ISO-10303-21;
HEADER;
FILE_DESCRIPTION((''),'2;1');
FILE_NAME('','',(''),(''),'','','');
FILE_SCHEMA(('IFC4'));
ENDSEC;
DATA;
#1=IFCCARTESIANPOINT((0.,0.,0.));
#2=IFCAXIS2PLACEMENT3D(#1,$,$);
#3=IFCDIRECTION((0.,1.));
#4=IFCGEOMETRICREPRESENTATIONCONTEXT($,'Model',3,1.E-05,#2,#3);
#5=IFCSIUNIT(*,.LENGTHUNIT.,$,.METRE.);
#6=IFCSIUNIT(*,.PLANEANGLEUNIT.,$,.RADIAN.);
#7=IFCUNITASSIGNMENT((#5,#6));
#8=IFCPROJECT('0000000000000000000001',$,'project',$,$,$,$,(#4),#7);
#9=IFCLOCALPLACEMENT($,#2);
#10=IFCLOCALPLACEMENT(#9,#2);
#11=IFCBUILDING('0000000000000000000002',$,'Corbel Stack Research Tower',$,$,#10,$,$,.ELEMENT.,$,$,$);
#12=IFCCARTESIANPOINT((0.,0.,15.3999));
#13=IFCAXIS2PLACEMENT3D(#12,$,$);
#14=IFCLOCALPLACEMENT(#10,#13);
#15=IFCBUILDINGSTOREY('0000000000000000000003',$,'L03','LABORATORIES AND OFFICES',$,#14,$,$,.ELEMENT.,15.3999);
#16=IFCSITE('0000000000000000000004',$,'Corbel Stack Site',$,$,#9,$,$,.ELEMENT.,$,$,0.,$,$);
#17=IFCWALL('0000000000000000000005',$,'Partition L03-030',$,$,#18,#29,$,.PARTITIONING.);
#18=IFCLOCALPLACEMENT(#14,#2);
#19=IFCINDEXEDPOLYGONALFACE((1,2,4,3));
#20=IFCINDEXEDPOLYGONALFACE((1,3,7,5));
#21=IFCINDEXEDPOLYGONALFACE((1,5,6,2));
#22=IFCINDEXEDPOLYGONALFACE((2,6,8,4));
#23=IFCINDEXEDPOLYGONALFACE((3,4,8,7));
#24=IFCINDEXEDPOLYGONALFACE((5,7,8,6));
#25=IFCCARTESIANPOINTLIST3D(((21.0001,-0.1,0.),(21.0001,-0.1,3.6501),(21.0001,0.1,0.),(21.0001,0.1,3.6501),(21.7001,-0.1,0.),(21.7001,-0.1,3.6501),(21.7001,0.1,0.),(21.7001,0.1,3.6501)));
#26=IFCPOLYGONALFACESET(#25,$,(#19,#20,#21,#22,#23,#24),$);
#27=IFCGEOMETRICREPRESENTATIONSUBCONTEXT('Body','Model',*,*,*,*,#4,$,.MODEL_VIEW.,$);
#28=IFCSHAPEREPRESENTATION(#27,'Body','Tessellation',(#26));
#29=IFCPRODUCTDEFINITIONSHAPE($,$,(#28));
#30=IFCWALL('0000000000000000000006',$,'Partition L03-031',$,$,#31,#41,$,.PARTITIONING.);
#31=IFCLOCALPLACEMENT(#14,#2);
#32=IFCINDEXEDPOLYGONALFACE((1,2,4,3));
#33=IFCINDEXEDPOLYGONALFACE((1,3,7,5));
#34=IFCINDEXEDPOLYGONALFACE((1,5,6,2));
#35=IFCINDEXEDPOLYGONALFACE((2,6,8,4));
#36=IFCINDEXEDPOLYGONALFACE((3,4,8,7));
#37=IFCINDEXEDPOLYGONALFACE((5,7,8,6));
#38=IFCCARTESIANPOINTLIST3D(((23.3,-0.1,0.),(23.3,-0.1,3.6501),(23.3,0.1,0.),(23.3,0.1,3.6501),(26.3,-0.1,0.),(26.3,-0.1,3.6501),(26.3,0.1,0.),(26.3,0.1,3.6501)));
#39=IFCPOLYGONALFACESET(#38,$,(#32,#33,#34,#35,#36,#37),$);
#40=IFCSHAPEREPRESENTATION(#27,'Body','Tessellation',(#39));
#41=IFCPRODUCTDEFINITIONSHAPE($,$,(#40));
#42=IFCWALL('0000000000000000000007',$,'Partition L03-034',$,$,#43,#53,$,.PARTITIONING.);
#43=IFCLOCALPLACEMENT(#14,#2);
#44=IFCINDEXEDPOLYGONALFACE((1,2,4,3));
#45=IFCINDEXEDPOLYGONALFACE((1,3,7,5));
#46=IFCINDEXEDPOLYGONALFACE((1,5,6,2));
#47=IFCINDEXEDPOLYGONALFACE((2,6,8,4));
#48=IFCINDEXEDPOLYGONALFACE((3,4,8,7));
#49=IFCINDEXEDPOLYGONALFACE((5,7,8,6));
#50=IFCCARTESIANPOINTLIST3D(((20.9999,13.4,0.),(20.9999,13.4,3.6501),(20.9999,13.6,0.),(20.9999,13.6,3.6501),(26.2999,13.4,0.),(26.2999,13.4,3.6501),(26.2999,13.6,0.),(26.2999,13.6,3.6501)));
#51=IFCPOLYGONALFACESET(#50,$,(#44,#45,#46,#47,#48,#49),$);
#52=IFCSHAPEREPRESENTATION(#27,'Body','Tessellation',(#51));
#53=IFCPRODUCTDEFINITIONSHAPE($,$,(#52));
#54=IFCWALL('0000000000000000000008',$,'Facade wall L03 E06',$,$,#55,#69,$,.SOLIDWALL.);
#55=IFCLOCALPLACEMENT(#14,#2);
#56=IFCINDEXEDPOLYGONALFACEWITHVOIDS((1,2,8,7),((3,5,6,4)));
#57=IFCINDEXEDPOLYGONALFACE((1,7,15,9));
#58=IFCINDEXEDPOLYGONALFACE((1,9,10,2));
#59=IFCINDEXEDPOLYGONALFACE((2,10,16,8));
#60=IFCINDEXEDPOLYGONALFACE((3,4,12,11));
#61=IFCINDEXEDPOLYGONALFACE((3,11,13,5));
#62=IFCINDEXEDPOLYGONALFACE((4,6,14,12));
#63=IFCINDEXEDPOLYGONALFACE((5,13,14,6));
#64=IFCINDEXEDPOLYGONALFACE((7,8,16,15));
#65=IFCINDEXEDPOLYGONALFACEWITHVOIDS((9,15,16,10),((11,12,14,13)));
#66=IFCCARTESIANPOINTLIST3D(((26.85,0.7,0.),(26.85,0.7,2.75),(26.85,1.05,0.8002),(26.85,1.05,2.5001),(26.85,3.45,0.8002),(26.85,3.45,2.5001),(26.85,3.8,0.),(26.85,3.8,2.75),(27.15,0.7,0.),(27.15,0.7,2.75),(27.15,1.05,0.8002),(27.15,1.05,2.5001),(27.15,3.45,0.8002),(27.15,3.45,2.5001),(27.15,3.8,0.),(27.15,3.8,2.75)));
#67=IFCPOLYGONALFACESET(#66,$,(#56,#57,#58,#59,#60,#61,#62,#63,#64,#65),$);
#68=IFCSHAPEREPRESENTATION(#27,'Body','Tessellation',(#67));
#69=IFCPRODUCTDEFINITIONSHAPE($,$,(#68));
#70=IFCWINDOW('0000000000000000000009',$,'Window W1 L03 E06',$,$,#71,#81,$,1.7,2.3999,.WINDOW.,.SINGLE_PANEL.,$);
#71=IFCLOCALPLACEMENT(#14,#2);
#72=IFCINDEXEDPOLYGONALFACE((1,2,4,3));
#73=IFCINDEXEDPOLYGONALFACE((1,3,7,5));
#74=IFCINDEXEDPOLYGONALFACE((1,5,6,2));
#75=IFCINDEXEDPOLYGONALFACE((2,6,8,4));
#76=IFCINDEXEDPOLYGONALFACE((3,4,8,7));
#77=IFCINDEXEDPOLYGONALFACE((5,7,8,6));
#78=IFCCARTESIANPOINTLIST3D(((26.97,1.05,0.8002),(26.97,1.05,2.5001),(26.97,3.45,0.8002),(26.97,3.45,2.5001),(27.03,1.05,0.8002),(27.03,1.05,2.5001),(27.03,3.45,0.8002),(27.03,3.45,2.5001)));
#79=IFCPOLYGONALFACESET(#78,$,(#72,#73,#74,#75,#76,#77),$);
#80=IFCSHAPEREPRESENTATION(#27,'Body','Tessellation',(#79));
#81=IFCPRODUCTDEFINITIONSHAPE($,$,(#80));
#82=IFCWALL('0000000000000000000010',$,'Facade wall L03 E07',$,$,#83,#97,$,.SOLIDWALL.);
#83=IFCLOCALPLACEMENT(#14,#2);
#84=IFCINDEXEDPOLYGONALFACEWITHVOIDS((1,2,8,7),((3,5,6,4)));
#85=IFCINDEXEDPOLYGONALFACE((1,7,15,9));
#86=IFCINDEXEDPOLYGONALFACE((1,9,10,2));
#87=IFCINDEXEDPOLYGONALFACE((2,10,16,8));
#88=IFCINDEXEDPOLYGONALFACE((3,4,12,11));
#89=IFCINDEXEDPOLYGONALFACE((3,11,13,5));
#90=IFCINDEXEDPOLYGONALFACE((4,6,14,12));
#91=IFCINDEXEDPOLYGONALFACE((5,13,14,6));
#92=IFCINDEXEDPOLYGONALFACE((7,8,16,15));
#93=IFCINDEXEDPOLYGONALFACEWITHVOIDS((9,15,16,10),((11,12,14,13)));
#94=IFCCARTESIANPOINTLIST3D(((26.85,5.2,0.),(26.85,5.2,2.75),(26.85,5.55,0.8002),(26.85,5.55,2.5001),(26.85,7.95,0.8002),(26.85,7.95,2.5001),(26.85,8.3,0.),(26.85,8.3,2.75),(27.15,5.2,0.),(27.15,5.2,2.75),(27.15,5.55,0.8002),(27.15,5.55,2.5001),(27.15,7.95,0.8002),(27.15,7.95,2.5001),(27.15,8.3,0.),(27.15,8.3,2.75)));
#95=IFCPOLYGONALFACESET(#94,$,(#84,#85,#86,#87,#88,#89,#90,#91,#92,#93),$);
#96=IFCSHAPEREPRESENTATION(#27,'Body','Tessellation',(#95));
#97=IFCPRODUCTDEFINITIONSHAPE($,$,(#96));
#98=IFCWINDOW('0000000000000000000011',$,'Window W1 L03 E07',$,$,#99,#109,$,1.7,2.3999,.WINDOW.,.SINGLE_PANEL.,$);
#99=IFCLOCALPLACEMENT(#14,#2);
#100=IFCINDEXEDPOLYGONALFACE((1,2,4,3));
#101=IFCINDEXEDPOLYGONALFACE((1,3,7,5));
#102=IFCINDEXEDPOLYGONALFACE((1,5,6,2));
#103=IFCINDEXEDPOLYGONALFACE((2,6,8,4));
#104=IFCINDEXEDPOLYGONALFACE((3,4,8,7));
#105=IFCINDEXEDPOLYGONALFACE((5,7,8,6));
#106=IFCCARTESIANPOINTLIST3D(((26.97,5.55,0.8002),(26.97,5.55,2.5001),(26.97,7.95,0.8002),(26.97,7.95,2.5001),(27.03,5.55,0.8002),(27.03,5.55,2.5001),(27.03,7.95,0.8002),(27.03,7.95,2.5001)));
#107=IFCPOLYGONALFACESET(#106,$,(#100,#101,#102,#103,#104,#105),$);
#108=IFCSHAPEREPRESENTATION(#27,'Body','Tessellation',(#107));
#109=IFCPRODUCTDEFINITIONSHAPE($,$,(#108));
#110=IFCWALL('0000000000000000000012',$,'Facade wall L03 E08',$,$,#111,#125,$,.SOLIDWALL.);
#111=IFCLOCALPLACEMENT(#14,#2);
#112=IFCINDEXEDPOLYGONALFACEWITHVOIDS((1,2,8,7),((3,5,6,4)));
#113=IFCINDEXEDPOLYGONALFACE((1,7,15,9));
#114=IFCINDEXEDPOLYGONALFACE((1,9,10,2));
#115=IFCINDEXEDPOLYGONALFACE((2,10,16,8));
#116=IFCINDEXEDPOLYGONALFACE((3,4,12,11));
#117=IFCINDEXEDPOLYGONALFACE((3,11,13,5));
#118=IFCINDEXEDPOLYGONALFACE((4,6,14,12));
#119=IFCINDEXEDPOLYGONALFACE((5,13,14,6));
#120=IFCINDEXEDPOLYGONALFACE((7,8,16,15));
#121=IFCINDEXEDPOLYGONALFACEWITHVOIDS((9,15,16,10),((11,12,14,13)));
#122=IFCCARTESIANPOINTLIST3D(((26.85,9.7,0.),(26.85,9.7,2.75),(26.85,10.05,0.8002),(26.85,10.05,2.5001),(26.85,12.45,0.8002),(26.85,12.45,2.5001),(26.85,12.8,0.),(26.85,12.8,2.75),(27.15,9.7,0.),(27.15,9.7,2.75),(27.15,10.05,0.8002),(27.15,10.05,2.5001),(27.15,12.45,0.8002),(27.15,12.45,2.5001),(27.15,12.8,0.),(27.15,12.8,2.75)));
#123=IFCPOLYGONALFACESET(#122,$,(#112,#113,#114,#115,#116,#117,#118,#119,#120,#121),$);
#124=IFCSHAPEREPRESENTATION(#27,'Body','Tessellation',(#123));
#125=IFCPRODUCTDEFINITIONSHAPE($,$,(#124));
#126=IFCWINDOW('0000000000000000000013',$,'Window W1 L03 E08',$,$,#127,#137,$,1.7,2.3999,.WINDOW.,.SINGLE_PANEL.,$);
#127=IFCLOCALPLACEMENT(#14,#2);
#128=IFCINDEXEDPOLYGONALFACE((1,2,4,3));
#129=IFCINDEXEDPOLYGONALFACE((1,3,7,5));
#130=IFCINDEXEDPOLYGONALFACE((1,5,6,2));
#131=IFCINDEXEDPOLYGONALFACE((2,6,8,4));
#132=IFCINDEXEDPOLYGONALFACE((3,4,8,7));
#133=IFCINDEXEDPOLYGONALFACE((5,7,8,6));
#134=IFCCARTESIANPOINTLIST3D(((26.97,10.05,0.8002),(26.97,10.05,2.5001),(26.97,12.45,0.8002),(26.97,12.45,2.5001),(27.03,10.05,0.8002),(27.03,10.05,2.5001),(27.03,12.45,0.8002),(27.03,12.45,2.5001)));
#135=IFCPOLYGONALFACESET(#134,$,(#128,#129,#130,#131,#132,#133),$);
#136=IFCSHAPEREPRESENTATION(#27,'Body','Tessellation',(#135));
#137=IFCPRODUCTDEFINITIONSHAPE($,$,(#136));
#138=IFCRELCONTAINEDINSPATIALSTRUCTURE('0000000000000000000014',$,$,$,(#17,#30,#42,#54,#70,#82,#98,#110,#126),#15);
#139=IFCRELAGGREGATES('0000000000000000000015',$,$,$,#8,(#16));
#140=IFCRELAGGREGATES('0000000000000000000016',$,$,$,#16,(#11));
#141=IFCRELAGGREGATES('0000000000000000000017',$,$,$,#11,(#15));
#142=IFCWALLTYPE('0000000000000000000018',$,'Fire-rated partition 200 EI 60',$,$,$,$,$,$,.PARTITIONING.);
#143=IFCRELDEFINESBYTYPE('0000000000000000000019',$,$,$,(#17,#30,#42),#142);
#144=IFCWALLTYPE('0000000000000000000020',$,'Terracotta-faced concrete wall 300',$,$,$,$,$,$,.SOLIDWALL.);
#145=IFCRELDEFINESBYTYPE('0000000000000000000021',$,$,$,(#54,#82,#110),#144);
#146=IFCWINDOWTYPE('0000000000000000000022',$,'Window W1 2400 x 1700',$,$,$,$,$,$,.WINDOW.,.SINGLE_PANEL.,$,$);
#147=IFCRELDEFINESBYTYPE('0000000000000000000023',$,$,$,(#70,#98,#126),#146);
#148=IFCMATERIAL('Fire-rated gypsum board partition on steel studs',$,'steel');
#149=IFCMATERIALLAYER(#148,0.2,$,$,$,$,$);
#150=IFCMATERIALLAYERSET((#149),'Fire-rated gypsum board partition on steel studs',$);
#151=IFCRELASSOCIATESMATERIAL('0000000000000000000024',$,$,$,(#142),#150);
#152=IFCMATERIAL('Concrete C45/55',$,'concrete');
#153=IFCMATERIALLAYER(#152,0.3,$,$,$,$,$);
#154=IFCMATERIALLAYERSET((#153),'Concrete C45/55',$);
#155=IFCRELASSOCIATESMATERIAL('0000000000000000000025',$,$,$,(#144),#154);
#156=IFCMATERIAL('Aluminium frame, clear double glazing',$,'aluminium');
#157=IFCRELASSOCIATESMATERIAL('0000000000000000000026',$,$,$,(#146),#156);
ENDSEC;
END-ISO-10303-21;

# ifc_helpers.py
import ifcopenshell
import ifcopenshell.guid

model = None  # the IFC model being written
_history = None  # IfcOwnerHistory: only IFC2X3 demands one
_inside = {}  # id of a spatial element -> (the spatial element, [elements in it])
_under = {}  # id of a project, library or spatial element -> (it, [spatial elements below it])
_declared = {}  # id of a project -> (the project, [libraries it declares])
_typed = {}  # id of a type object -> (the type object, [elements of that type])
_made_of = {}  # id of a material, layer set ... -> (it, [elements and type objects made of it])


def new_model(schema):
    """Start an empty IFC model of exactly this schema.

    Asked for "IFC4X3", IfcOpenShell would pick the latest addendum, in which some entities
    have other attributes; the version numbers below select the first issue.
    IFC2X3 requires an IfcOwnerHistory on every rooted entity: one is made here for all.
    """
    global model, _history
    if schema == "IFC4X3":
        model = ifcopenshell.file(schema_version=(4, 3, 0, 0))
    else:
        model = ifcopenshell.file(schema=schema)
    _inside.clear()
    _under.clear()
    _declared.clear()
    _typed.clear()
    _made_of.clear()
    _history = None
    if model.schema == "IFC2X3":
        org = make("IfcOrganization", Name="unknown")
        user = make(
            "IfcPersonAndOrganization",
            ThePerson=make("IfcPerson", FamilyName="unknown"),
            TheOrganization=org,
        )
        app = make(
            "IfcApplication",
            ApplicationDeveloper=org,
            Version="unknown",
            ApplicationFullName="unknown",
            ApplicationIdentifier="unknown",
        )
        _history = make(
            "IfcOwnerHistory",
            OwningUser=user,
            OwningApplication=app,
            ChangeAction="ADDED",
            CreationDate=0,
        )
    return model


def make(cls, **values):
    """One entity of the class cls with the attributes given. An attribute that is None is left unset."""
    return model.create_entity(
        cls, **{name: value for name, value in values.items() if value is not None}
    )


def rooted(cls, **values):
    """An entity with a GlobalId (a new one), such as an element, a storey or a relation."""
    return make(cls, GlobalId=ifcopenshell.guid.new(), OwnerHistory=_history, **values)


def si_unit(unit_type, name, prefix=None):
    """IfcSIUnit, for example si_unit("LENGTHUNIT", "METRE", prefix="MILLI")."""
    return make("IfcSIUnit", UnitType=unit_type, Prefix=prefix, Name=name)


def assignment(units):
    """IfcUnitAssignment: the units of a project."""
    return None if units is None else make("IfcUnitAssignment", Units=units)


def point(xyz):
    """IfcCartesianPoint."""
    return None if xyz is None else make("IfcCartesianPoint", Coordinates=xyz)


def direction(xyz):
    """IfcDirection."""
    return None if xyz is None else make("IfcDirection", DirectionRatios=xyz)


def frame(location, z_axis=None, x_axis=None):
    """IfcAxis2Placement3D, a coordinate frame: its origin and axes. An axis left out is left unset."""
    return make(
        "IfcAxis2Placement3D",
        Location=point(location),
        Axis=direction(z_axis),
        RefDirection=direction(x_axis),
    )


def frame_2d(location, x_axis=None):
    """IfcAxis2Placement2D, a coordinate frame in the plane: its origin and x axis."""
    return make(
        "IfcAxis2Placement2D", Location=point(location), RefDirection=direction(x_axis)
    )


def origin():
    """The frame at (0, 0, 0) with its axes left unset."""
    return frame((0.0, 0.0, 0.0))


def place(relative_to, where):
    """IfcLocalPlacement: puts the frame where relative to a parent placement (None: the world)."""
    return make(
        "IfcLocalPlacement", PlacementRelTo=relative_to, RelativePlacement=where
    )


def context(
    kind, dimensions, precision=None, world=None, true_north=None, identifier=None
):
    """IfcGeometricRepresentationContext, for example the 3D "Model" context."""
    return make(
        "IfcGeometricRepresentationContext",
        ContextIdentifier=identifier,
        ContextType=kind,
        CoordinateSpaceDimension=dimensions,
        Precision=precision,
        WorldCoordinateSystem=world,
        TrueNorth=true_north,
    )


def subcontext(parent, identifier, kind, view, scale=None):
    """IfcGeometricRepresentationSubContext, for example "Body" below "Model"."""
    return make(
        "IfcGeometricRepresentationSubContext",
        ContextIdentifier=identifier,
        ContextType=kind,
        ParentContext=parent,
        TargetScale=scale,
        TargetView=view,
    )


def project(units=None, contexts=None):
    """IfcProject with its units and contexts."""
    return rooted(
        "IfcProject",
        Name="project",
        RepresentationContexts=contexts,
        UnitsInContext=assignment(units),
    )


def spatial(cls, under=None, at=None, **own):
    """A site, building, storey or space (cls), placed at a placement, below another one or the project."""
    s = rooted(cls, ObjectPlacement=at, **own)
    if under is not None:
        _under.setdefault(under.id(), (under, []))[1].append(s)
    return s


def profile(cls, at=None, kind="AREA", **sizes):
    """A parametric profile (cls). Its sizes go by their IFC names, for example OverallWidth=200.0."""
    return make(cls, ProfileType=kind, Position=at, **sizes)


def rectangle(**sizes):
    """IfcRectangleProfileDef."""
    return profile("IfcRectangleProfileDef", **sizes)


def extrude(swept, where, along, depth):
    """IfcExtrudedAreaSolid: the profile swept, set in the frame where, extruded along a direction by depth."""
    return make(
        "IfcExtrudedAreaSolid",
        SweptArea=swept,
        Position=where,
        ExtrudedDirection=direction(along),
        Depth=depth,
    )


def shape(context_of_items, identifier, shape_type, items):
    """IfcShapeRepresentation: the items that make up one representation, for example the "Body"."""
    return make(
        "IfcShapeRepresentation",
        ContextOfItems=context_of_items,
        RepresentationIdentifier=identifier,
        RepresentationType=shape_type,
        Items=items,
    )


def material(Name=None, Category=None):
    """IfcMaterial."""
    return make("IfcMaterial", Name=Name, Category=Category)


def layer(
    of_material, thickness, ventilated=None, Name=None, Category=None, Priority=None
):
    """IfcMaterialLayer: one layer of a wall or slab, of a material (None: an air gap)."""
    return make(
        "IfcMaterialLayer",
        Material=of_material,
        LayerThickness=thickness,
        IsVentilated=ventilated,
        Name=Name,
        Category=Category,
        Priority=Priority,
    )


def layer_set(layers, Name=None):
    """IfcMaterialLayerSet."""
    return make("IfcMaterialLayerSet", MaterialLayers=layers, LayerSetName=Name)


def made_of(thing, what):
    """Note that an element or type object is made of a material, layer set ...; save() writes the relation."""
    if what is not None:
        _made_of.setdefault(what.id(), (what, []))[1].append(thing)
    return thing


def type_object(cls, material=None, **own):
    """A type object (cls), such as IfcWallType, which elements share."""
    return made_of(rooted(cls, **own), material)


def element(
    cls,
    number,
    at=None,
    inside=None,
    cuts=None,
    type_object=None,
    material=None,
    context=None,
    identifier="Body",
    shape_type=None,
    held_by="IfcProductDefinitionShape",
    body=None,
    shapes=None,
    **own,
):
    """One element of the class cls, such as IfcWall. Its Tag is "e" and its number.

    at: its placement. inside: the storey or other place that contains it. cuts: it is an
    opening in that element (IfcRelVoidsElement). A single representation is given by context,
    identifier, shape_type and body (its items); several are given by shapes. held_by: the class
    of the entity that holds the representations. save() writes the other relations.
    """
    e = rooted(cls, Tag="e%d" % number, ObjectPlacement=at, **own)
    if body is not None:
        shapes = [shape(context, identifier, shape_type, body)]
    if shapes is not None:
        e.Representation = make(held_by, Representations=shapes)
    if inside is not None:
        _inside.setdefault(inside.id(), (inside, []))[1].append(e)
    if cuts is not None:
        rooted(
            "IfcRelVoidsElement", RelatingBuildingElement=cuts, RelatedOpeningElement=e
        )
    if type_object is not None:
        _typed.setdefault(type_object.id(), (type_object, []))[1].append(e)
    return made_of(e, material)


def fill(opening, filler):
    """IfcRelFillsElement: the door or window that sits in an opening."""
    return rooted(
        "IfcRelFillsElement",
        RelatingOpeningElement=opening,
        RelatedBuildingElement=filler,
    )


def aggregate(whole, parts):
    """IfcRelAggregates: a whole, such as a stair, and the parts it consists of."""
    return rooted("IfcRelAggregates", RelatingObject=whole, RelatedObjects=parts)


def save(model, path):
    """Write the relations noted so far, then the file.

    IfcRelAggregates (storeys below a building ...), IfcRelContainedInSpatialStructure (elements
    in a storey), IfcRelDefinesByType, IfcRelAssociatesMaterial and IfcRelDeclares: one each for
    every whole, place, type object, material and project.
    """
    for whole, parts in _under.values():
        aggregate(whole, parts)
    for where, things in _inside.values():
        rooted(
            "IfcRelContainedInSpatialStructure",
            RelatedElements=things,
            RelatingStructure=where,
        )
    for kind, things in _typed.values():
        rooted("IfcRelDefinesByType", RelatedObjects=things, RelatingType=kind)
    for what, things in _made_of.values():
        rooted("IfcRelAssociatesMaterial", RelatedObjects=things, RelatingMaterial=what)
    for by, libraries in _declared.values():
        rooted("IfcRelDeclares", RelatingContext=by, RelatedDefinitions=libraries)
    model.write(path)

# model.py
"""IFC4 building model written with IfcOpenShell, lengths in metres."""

from ifc_helpers import new_model, si_unit, direction, frame, frame_2d, origin, place, context, subcontext, project, spatial, rectangle, extrude, material, layer, layer_set, type_object, element, fill, save


model = new_model("IFC4")

# Units and contexts
model_context = context("Model", 3, precision=1e-05, world=origin(), true_north=direction((0.0, 1.0)))
body_context = subcontext(model_context, "Body", "Model", "MODEL_VIEW")
ifc_project = project(units=[si_unit("LENGTHUNIT", "METRE"), si_unit("PLANEANGLEUNIT", "RADIAN")], contexts=[model_context])

# Site, building, storey
site_placement = place(None, origin())
site = spatial("IfcSite", under=ifc_project, at=site_placement, Name="Corbel Stack Site", CompositionType="ELEMENT", RefElevation=0.0)
building_placement = place(site_placement, origin())
building = spatial("IfcBuilding", under=site, at=building_placement, Name="Corbel Stack Research Tower", CompositionType="ELEMENT")
storey_placement = place(building_placement, frame((0.0, 0.0, 15.3999)))
storey = spatial("IfcBuildingStorey", under=building, at=storey_placement, Name="L03", Description="LABORATORIES AND OFFICES", CompositionType="ELEMENT", Elevation=15.3999)

# Walls
ifc_material_1 = material(Name="Fire-rated gypsum board partition on steel studs", Category="steel")
ifc_layer_1 = layer(ifc_material_1, 0.2)
ifc_layer_set_1 = layer_set([ifc_layer_1], Name="Fire-rated gypsum board partition on steel studs")
wall_type_1 = type_object("IfcWallType", Name="Fire-rated partition 200 EI 60", PredefinedType="PARTITIONING", material=ifc_layer_set_1)
wall_1_placement = place(storey_placement, frame((21.0, 0.0, 0.0), z_axis=(0.0, 0.0, 1.0), x_axis=(1.0, 0.0, 0.0)))
element("IfcWall", 1, at=wall_1_placement, inside=storey, type_object=wall_type_1, Name="Partition L03-030", PredefinedType="PARTITIONING", context=body_context, shape_type="SweptSolid", body=[
    extrude(rectangle(XDim=0.7, YDim=0.2, at=frame_2d((0.3501, 0.0))), origin(), (0.0, 0.0, 1.0), 3.6501),
])
wall_2_placement = place(storey_placement, frame((23.3, 0.0, 0.0), z_axis=(0.0, 0.0, 1.0), x_axis=(1.0, 0.0, 0.0)))
element("IfcWall", 2, at=wall_2_placement, inside=storey, type_object=wall_type_1, Name="Partition L03-031", PredefinedType="PARTITIONING", context=body_context, shape_type="SweptSolid", body=[
    extrude(rectangle(XDim=3.0, YDim=0.2, at=frame_2d((1.5, 0.0))), origin(), (0.0, 0.0, 1.0), 3.6501),
])
wall_3_placement = place(storey_placement, frame((21.0, 13.5, 0.0), z_axis=(0.0, 0.0, 1.0), x_axis=(1.0, 0.0, 0.0)))
element("IfcWall", 3, at=wall_3_placement, inside=storey, type_object=wall_type_1, Name="Partition L03-034", PredefinedType="PARTITIONING", context=body_context, shape_type="SweptSolid", body=[
    extrude(rectangle(XDim=5.3, YDim=0.2, at=frame_2d((2.6499, 0.0))), origin(), (0.0, 0.0, 1.0), 3.6501),
])

# Walls, openings, windows
ifc_material_2 = material(Name="Concrete C45/55", Category="concrete")
ifc_layer_2 = layer(ifc_material_2, 0.3)
ifc_layer_set_2 = layer_set([ifc_layer_2], Name="Concrete C45/55")
wall_type_2 = type_object("IfcWallType", Name="Terracotta-faced concrete wall 300", PredefinedType="SOLIDWALL", material=ifc_layer_set_2)
wall_4_placement = place(storey_placement, frame((27.0, 3.8, 0.0), z_axis=(0.0, 0.0, 1.0), x_axis=(0.0, -1.0, 0.0)))
wall_4 = element("IfcWall", 4, at=wall_4_placement, inside=storey, type_object=wall_type_2, Name="Facade wall L03 E06", PredefinedType="SOLIDWALL", context=body_context, shape_type="SweptSolid", body=[
    extrude(rectangle(XDim=3.1001, YDim=0.3, at=frame_2d((1.55, 0.0))), origin(), (0.0, 0.0, 1.0), 2.75),
])
opening_1_placement = place(wall_4_placement, frame((0.3501, 0.0, 0.8)))
opening_1 = element("IfcOpeningElement", 5, at=opening_1_placement, cuts=wall_4, PredefinedType="OPENING", context=body_context, shape_type="SweptSolid", body=[
    extrude(rectangle(XDim=2.3999, YDim=1.7, at=frame_2d((1.2, 0.8501))), frame((0.0, 0.1599, 0.0), z_axis=(0.0, -1.0, 0.0), x_axis=(1.0, 0.0, 0.0)), (0.0, 0.0, 1.0), 0.3201),
])
ifc_material_3 = material(Name="Aluminium frame, clear double glazing", Category="aluminium")
window_type = type_object("IfcWindowType", Name="Window W1 2400 x 1700", PartitioningType="SINGLE_PANEL", PredefinedType="WINDOW", material=ifc_material_3)
window_1_placement = place(opening_1_placement, origin())
window_1 = element("IfcWindow", 6, at=window_1_placement, inside=storey, type_object=window_type, Name="Window W1 L03 E06", OverallHeight=1.7, OverallWidth=2.3999, PartitioningType="SINGLE_PANEL", PredefinedType="WINDOW", context=body_context, shape_type="SweptSolid", body=[
    extrude(rectangle(XDim=2.3999, YDim=1.7, at=frame_2d((1.2, 0.8501))), frame((0.0, 0.03, 0.0), z_axis=(0.0, -1.0, 0.0), x_axis=(1.0, 0.0, 0.0)), (0.0, 0.0, 1.0), 0.0601),
])
fill(opening_1, window_1)
wall_5_placement = place(storey_placement, frame((27.0, 8.3, 0.0), z_axis=(0.0, 0.0, 1.0), x_axis=(0.0, -1.0, 0.0)))
wall_5 = element("IfcWall", 7, at=wall_5_placement, inside=storey, type_object=wall_type_2, Name="Facade wall L03 E07", PredefinedType="SOLIDWALL", context=body_context, shape_type="SweptSolid", body=[
    extrude(rectangle(XDim=3.1001, YDim=0.3, at=frame_2d((1.55, 0.0))), origin(), (0.0, 0.0, 1.0), 2.75),
])
opening_2_placement = place(wall_5_placement, frame((0.3501, 0.0, 0.8)))
opening_2 = element("IfcOpeningElement", 8, at=opening_2_placement, cuts=wall_5, PredefinedType="OPENING", context=body_context, shape_type="SweptSolid", body=[
    extrude(rectangle(XDim=2.3999, YDim=1.7, at=frame_2d((1.2, 0.8501))), frame((0.0, 0.1599, 0.0), z_axis=(0.0, -1.0, 0.0), x_axis=(1.0, 0.0, 0.0)), (0.0, 0.0, 1.0), 0.3201),
])
window_2_placement = place(opening_2_placement, origin())
window_2 = element("IfcWindow", 9, at=window_2_placement, inside=storey, type_object=window_type, Name="Window W1 L03 E07", OverallHeight=1.7, OverallWidth=2.3999, PartitioningType="SINGLE_PANEL", PredefinedType="WINDOW", context=body_context, shape_type="SweptSolid", body=[
    extrude(rectangle(XDim=2.3999, YDim=1.7, at=frame_2d((1.2, 0.8501))), frame((0.0, 0.03, 0.0), z_axis=(0.0, -1.0, 0.0), x_axis=(1.0, 0.0, 0.0)), (0.0, 0.0, 1.0), 0.0601),
])
fill(opening_2, window_2)
wall_6_placement = place(storey_placement, frame((27.0, 12.8, 0.0), z_axis=(0.0, 0.0, 1.0), x_axis=(0.0, -1.0, 0.0)))
wall_6 = element("IfcWall", 10, at=wall_6_placement, inside=storey, type_object=wall_type_2, Name="Facade wall L03 E08", PredefinedType="SOLIDWALL", context=body_context, shape_type="SweptSolid", body=[
    extrude(rectangle(XDim=3.1001, YDim=0.3, at=frame_2d((1.55, 0.0))), origin(), (0.0, 0.0, 1.0), 2.75),
])
opening_3_placement = place(wall_6_placement, frame((0.3501, 0.0, 0.8)))
opening_3 = element("IfcOpeningElement", 11, at=opening_3_placement, cuts=wall_6, PredefinedType="OPENING", context=body_context, shape_type="SweptSolid", body=[
    extrude(rectangle(XDim=2.3999, YDim=1.7, at=frame_2d((1.2, 0.8501))), frame((0.0, 0.1599, 0.0), z_axis=(0.0, -1.0, 0.0), x_axis=(1.0, 0.0, 0.0)), (0.0, 0.0, 1.0), 0.3201),
])
window_3_placement = place(opening_3_placement, origin())
window_3 = element("IfcWindow", 12, at=window_3_placement, inside=storey, type_object=window_type, Name="Window W1 L03 E08", OverallHeight=1.7, OverallWidth=2.3999, PartitioningType="SINGLE_PANEL", PredefinedType="WINDOW", context=body_context, shape_type="SweptSolid", body=[
    extrude(rectangle(XDim=2.3999, YDim=1.7, at=frame_2d((1.2, 0.8501))), frame((0.0, 0.03, 0.0), z_axis=(0.0, -1.0, 0.0), x_axis=(1.0, 0.0, 0.0)), (0.0, 0.0, 1.0), 0.0601),
])
fill(opening_3, window_3)

save(model, "model.ifc")
